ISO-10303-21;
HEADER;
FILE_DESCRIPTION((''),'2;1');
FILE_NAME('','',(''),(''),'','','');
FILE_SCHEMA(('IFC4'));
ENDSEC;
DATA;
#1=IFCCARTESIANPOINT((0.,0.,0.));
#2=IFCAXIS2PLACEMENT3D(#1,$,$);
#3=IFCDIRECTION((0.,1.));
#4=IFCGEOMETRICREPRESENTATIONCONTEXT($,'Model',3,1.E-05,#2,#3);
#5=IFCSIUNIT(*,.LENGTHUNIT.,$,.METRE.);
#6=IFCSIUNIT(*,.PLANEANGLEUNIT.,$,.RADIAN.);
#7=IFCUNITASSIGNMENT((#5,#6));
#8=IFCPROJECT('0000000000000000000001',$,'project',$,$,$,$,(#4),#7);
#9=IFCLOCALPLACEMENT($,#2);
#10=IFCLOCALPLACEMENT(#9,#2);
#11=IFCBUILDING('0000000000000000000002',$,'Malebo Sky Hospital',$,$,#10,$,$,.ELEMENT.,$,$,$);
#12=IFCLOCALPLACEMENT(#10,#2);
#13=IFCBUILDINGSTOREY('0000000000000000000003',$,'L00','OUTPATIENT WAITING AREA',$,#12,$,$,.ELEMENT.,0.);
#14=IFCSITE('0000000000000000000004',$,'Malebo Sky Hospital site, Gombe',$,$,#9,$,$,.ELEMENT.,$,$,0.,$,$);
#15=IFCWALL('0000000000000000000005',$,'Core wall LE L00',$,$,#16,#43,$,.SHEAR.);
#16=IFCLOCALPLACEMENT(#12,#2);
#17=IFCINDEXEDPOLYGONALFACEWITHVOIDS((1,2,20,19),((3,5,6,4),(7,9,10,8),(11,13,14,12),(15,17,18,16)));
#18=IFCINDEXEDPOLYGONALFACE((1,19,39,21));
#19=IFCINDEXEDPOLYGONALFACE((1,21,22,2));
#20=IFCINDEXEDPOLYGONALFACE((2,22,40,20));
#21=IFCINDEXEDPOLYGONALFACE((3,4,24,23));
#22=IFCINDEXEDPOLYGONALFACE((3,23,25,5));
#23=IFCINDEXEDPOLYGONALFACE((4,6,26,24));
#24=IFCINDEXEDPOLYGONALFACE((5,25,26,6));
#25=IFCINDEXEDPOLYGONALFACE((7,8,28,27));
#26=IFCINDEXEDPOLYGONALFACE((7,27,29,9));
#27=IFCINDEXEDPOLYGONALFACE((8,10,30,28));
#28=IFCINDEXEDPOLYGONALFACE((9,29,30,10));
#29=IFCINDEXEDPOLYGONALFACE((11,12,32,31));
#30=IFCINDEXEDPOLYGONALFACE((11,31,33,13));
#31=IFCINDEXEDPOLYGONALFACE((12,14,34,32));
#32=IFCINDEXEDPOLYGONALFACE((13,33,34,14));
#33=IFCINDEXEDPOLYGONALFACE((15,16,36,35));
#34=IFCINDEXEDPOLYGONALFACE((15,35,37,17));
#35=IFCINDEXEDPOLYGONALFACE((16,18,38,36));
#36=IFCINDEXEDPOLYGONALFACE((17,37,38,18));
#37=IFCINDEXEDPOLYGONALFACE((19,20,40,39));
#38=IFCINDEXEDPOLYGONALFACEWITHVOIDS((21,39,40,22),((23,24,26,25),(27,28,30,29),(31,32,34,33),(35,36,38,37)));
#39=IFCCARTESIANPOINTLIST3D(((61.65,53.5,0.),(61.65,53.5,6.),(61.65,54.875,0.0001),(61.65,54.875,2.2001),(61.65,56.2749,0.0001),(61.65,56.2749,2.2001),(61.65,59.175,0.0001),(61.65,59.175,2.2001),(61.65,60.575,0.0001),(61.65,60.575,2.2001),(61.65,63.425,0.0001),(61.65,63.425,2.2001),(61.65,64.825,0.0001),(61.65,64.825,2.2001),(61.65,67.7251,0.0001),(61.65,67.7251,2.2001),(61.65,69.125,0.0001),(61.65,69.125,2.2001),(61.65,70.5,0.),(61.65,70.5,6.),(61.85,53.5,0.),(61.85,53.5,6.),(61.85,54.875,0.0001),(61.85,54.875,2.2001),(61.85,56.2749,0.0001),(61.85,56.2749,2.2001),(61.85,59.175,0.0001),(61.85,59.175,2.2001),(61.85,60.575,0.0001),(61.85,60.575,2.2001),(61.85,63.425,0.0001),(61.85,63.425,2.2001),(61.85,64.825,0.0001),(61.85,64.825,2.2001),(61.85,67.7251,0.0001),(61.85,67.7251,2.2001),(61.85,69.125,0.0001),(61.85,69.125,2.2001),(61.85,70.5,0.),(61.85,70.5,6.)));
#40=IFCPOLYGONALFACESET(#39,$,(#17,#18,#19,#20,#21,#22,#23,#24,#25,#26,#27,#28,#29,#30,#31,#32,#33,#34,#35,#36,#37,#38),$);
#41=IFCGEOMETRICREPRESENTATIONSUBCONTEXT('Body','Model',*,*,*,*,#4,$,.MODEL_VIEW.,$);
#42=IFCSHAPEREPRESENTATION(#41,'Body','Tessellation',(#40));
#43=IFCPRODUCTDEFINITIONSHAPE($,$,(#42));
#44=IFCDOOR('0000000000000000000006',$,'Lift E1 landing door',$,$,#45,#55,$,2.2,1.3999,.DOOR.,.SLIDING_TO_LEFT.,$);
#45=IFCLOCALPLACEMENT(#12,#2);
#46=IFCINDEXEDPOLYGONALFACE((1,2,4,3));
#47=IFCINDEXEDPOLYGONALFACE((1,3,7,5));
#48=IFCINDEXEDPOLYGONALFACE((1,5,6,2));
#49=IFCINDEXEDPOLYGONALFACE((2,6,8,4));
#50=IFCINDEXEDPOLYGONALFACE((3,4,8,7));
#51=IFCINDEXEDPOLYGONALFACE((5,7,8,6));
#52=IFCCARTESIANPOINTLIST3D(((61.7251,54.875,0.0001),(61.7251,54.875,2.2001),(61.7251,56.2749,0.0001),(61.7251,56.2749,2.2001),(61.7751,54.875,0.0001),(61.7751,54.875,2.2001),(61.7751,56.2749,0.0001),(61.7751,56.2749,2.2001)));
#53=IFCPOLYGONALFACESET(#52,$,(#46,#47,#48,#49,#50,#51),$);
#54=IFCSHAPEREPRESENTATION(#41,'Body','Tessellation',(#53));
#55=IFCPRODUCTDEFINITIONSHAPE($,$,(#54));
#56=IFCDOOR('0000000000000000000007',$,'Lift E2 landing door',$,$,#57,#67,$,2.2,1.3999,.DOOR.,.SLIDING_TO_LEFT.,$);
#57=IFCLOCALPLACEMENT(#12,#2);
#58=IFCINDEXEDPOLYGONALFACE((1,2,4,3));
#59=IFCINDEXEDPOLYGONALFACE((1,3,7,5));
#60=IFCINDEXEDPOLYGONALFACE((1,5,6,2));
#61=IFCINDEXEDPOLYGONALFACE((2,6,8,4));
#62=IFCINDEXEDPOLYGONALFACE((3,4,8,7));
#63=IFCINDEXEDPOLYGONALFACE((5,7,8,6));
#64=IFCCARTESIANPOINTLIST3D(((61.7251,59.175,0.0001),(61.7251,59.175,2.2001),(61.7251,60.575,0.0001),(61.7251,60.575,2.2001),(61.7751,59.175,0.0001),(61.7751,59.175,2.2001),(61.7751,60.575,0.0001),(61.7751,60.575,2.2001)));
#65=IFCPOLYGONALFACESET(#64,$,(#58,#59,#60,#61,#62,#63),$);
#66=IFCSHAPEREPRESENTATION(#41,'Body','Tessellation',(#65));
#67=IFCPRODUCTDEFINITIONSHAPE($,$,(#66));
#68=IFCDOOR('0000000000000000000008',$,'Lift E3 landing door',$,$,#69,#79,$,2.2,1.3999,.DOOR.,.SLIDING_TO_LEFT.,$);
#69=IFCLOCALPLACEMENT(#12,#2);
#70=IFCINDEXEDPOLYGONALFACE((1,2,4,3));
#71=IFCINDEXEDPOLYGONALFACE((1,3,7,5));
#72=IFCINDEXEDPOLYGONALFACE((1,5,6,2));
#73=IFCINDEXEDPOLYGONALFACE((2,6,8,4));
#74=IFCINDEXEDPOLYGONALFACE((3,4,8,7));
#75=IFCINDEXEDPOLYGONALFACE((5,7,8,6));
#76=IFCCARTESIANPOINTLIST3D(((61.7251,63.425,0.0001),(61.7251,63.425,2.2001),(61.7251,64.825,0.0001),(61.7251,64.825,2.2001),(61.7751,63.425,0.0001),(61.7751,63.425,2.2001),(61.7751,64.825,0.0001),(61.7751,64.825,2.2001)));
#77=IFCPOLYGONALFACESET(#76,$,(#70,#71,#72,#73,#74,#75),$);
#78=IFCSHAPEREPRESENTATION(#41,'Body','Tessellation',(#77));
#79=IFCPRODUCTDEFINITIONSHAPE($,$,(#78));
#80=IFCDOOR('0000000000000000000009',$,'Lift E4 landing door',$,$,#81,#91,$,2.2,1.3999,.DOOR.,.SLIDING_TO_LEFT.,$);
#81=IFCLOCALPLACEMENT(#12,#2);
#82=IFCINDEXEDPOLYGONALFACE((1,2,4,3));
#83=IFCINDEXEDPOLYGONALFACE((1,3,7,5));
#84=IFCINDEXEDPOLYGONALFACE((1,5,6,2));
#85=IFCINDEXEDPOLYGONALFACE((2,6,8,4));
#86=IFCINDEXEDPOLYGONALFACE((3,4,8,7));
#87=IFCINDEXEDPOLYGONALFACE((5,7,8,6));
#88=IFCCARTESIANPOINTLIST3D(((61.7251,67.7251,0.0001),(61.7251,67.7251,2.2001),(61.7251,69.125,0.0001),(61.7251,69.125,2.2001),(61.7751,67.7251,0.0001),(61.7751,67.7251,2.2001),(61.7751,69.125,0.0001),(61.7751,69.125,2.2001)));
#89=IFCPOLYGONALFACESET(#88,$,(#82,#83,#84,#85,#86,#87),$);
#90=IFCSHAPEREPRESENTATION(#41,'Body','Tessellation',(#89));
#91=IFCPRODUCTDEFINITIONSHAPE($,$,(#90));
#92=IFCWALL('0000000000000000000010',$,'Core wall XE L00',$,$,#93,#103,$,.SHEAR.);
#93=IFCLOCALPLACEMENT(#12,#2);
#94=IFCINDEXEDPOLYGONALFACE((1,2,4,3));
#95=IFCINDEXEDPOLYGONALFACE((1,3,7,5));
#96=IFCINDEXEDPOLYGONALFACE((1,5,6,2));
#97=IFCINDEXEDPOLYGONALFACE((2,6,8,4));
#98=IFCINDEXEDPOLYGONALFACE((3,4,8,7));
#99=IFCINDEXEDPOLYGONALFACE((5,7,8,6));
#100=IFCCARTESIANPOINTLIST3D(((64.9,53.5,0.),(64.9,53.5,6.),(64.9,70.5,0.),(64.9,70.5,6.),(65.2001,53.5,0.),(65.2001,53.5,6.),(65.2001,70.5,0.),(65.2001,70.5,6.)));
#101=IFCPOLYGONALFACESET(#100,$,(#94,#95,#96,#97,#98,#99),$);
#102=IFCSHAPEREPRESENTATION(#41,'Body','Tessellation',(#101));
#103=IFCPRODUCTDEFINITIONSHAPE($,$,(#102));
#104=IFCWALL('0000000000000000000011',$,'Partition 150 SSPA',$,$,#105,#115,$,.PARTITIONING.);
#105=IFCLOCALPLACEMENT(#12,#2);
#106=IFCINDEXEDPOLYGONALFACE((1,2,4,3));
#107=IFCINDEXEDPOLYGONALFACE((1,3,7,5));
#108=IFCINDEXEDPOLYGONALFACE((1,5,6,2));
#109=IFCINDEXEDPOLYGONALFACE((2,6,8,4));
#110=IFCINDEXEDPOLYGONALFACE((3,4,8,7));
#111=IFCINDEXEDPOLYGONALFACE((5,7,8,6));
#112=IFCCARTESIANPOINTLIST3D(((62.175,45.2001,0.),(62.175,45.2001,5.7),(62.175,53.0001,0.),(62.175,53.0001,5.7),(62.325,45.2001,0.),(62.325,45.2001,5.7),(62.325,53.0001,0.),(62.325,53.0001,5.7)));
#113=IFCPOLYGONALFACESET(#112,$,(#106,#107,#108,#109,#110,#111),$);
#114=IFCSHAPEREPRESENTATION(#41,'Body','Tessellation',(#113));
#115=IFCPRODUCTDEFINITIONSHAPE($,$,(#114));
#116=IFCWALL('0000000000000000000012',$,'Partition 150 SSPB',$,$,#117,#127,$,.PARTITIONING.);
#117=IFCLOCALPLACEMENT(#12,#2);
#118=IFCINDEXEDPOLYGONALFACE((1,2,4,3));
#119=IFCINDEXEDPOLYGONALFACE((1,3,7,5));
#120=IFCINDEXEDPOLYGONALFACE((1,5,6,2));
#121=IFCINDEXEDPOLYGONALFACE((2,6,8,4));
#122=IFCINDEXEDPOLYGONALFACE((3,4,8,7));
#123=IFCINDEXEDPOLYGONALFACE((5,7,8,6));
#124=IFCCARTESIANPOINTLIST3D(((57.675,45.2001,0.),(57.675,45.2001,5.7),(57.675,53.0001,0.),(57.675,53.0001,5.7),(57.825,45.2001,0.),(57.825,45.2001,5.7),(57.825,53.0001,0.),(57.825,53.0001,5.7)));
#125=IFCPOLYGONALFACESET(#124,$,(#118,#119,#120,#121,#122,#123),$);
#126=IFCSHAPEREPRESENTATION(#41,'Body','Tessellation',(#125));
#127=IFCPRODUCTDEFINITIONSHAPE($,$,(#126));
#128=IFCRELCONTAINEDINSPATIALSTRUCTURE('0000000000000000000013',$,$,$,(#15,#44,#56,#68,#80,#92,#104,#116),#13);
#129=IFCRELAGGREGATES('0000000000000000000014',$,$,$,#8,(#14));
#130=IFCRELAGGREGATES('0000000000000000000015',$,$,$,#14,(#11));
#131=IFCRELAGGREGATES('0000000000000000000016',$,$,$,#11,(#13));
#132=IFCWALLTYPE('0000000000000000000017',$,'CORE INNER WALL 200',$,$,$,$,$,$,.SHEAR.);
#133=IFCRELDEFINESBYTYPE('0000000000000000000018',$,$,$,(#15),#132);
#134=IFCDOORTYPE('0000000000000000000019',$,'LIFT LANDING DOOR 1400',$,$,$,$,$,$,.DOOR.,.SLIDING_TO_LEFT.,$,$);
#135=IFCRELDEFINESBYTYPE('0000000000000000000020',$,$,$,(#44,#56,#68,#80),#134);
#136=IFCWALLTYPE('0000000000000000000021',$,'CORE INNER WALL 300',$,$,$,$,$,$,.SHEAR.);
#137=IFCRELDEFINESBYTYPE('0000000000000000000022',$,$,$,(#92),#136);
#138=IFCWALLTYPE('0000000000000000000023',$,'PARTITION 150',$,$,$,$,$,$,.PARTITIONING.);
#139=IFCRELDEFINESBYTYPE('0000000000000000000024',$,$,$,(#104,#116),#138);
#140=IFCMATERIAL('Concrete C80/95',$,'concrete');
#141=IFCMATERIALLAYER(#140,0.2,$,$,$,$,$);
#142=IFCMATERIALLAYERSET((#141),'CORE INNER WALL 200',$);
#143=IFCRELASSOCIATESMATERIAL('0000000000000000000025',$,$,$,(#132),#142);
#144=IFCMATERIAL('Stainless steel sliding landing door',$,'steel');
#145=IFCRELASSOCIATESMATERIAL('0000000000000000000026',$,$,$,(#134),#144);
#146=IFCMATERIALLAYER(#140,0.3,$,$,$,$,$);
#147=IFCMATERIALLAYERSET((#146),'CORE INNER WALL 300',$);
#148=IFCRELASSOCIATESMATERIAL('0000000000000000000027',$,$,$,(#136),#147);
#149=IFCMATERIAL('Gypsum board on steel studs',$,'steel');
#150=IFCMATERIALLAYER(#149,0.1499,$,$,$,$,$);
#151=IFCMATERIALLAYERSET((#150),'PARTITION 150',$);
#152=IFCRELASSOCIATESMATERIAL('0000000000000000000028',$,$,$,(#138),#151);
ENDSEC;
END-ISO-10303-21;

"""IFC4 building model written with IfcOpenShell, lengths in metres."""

from ifc_helpers import new_model, si_unit, direction, frame, frame_2d, origin, place, context, subcontext, project, spatial, rectangle, extrude, material, layer, layer_set, type_object, element, fill, save


model = new_model("IFC4")

# Units and contexts
model_context = context("Model", 3, precision=1e-05, world=origin(), true_north=direction((0.0, 1.0)))
body_context = subcontext(model_context, "Body", "Model", "MODEL_VIEW")
ifc_project = project(units=[si_unit("LENGTHUNIT", "METRE"), si_unit("PLANEANGLEUNIT", "RADIAN")], contexts=[model_context])

# Site, building, storey
site_placement = place(None, origin())
site = spatial("IfcSite", under=ifc_project, at=site_placement, Name="Malebo Sky Hospital site, Gombe", CompositionType="ELEMENT", RefElevation=0.0)
building_placement = place(site_placement, origin())
building = spatial("IfcBuilding", under=site, at=building_placement, Name="Malebo Sky Hospital", CompositionType="ELEMENT")
storey_placement = place(building_placement, origin())
storey = spatial("IfcBuildingStorey", under=building, at=storey_placement, Name="L00", Description="OUTPATIENT WAITING AREA", CompositionType="ELEMENT", Elevation=0.0)

# Wall, openings, doors
ifc_material_1 = material(Name="Concrete C80/95", Category="concrete")
ifc_layer_1 = layer(ifc_material_1, 0.2)
ifc_layer_set_1 = layer_set([ifc_layer_1], Name="CORE INNER WALL 200")
wall_type_1 = type_object("IfcWallType", Name="CORE INNER WALL 200", PredefinedType="SHEAR", material=ifc_layer_set_1)
ifc_material_2 = material(Name="Stainless steel sliding landing door", Category="steel")
door_type_1 = type_object("IfcDoorType", Name="LIFT LANDING DOOR 1400", OperationType="SLIDING_TO_LEFT", PredefinedType="DOOR", material=ifc_material_2)
wall_1_placement = place(storey_placement, frame((61.75, 53.5, 0.0), z_axis=(0.0, 0.0, 1.0), x_axis=(0.0, 1.0, 0.0)))
wall_1 = element("IfcWall", 1, at=wall_1_placement, inside=storey, type_object=wall_type_1, Name="Core wall LE L00", PredefinedType="SHEAR", context=body_context, shape_type="SweptSolid", body=[
    extrude(rectangle(XDim=17.0, YDim=0.2, at=frame_2d((8.5, 0.0))), origin(), (0.0, 0.0, 1.0), 6.0),
])
opening_1_placement = place(wall_1_placement, frame((1.375, 0.0, 0.0)))
opening_1 = element("IfcOpeningElement", 2, at=opening_1_placement, cuts=wall_1, PredefinedType="OPENING", context=body_context, shape_type="SweptSolid", body=[
    extrude(rectangle(XDim=1.3999, YDim=2.2, at=frame_2d((0.7, 1.1001))), frame((0.0, 0.1099, 0.0), z_axis=(0.0, -1.0, 0.0), x_axis=(1.0, 0.0, 0.0)), (0.0, 0.0, 1.0), 0.22),
])
opening_2_placement = place(wall_1_placement, frame((5.675, 0.0, 0.0)))
opening_2 = element("IfcOpeningElement", 3, at=opening_2_placement, cuts=wall_1, PredefinedType="OPENING", context=body_context, shape_type="SweptSolid", body=[
    extrude(rectangle(XDim=1.3999, YDim=2.2, at=frame_2d((0.7, 1.1001))), frame((0.0, 0.1099, 0.0), z_axis=(0.0, -1.0, 0.0), x_axis=(1.0, 0.0, 0.0)), (0.0, 0.0, 1.0), 0.22),
])
opening_3_placement = place(wall_1_placement, frame((9.925, 0.0, 0.0)))
opening_3 = element("IfcOpeningElement", 4, at=opening_3_placement, cuts=wall_1, PredefinedType="OPENING", context=body_context, shape_type="SweptSolid", body=[
    extrude(rectangle(XDim=1.3999, YDim=2.2, at=frame_2d((0.7, 1.1001))), frame((0.0, 0.1099, 0.0), z_axis=(0.0, -1.0, 0.0), x_axis=(1.0, 0.0, 0.0)), (0.0, 0.0, 1.0), 0.22),
])
opening_4_placement = place(wall_1_placement, frame((14.2251, 0.0, 0.0)))
opening_4 = element("IfcOpeningElement", 5, at=opening_4_placement, cuts=wall_1, PredefinedType="OPENING", context=body_context, shape_type="SweptSolid", body=[
    extrude(rectangle(XDim=1.3999, YDim=2.2, at=frame_2d((0.7, 1.1001))), frame((0.0, 0.1099, 0.0), z_axis=(0.0, -1.0, 0.0), x_axis=(1.0, 0.0, 0.0)), (0.0, 0.0, 1.0), 0.22),
])
door_1_placement = place(opening_1_placement, origin())
door_1 = element("IfcDoor", 6, at=door_1_placement, inside=storey, type_object=door_type_1, Name="Lift E1 landing door", OperationType="SLIDING_TO_LEFT", OverallHeight=2.2, OverallWidth=1.3999, PredefinedType="DOOR", context=body_context, shape_type="SweptSolid", body=[
    extrude(rectangle(XDim=1.3999, YDim=2.2, at=frame_2d((0.7, 1.1001))), frame((0.0, 0.0249, 0.0), z_axis=(0.0, -1.0, 0.0), x_axis=(1.0, 0.0, 0.0)), (0.0, 0.0, 1.0), 0.05),
])
fill(opening_1, door_1)
door_2_placement = place(opening_2_placement, origin())
door_2 = element("IfcDoor", 7, at=door_2_placement, inside=storey, type_object=door_type_1, Name="Lift E2 landing door", OperationType="SLIDING_TO_LEFT", OverallHeight=2.2, OverallWidth=1.3999, PredefinedType="DOOR", context=body_context, shape_type="SweptSolid", body=[
    extrude(rectangle(XDim=1.3999, YDim=2.2, at=frame_2d((0.7, 1.1001))), frame((0.0, 0.0249, 0.0), z_axis=(0.0, -1.0, 0.0), x_axis=(1.0, 0.0, 0.0)), (0.0, 0.0, 1.0), 0.05),
])
fill(opening_2, door_2)
door_3_placement = place(opening_3_placement, origin())
door_3 = element("IfcDoor", 8, at=door_3_placement, inside=storey, type_object=door_type_1, Name="Lift E3 landing door", OperationType="SLIDING_TO_LEFT", OverallHeight=2.2, OverallWidth=1.3999, PredefinedType="DOOR", context=body_context, shape_type="SweptSolid", body=[
    extrude(rectangle(XDim=1.3999, YDim=2.2, at=frame_2d((0.7, 1.1001))), frame((0.0, 0.0249, 0.0), z_axis=(0.0, -1.0, 0.0), x_axis=(1.0, 0.0, 0.0)), (0.0, 0.0, 1.0), 0.05),
])
fill(opening_3, door_3)
door_4_placement = place(opening_4_placement, origin())
door_4 = element("IfcDoor", 9, at=door_4_placement, inside=storey, type_object=door_type_1, Name="Lift E4 landing door", OperationType="SLIDING_TO_LEFT", OverallHeight=2.2, OverallWidth=1.3999, PredefinedType="DOOR", context=body_context, shape_type="SweptSolid", body=[
    extrude(rectangle(XDim=1.3999, YDim=2.2, at=frame_2d((0.7, 1.1001))), frame((0.0, 0.0249, 0.0), z_axis=(0.0, -1.0, 0.0), x_axis=(1.0, 0.0, 0.0)), (0.0, 0.0, 1.0), 0.05),
])
fill(opening_4, door_4)

# Walls
ifc_layer_2 = layer(ifc_material_1, 0.3)
ifc_layer_set_2 = layer_set([ifc_layer_2], Name="CORE INNER WALL 300")
wall_type_2 = type_object("IfcWallType", Name="CORE INNER WALL 300", PredefinedType="SHEAR", material=ifc_layer_set_2)
wall_2_placement = place(storey_placement, frame((65.05, 53.5, 0.0), z_axis=(0.0, 0.0, 1.0), x_axis=(0.0, 1.0, 0.0)))
element("IfcWall", 10, at=wall_2_placement, inside=storey, type_object=wall_type_2, Name="Core wall XE L00", PredefinedType="SHEAR", context=body_context, shape_type="SweptSolid", body=[
    extrude(rectangle(XDim=17.0, YDim=0.3, at=frame_2d((8.5, 0.0))), origin(), (0.0, 0.0, 1.0), 6.0),
])
ifc_material_3 = material(Name="Gypsum board on steel studs", Category="steel")
ifc_layer_3 = layer(ifc_material_3, 0.1499)
ifc_layer_set_3 = layer_set([ifc_layer_3], Name="PARTITION 150")
wall_type_3 = type_object("IfcWallType", Name="PARTITION 150", PredefinedType="PARTITIONING", material=ifc_layer_set_3)
for number, where, z_axis, x_axis, name in (
    (11, (62.25, 53.0, 0.0), (0.0, 0.0, 1.0), (0.0, -1.0, 0.0), "Partition 150 SSPA"),
    (12, (57.75, 53.0, 0.0), (0.0, 0.0, 1.0), (0.0, -1.0, 0.0), "Partition 150 SSPB"),
):
    element("IfcWall", number, at=place(storey_placement, frame(where, z_axis=z_axis, x_axis=x_axis)), inside=storey, type_object=wall_type_3, Name=name, PredefinedType="PARTITIONING", context=body_context, shape_type="SweptSolid", body=[
        extrude(rectangle(XDim=7.8, YDim=0.1499, at=frame_2d((3.8999, 0.0))), origin(), (0.0, 0.0, 1.0), 5.7),
    ])

save(model, "model.ifc")
